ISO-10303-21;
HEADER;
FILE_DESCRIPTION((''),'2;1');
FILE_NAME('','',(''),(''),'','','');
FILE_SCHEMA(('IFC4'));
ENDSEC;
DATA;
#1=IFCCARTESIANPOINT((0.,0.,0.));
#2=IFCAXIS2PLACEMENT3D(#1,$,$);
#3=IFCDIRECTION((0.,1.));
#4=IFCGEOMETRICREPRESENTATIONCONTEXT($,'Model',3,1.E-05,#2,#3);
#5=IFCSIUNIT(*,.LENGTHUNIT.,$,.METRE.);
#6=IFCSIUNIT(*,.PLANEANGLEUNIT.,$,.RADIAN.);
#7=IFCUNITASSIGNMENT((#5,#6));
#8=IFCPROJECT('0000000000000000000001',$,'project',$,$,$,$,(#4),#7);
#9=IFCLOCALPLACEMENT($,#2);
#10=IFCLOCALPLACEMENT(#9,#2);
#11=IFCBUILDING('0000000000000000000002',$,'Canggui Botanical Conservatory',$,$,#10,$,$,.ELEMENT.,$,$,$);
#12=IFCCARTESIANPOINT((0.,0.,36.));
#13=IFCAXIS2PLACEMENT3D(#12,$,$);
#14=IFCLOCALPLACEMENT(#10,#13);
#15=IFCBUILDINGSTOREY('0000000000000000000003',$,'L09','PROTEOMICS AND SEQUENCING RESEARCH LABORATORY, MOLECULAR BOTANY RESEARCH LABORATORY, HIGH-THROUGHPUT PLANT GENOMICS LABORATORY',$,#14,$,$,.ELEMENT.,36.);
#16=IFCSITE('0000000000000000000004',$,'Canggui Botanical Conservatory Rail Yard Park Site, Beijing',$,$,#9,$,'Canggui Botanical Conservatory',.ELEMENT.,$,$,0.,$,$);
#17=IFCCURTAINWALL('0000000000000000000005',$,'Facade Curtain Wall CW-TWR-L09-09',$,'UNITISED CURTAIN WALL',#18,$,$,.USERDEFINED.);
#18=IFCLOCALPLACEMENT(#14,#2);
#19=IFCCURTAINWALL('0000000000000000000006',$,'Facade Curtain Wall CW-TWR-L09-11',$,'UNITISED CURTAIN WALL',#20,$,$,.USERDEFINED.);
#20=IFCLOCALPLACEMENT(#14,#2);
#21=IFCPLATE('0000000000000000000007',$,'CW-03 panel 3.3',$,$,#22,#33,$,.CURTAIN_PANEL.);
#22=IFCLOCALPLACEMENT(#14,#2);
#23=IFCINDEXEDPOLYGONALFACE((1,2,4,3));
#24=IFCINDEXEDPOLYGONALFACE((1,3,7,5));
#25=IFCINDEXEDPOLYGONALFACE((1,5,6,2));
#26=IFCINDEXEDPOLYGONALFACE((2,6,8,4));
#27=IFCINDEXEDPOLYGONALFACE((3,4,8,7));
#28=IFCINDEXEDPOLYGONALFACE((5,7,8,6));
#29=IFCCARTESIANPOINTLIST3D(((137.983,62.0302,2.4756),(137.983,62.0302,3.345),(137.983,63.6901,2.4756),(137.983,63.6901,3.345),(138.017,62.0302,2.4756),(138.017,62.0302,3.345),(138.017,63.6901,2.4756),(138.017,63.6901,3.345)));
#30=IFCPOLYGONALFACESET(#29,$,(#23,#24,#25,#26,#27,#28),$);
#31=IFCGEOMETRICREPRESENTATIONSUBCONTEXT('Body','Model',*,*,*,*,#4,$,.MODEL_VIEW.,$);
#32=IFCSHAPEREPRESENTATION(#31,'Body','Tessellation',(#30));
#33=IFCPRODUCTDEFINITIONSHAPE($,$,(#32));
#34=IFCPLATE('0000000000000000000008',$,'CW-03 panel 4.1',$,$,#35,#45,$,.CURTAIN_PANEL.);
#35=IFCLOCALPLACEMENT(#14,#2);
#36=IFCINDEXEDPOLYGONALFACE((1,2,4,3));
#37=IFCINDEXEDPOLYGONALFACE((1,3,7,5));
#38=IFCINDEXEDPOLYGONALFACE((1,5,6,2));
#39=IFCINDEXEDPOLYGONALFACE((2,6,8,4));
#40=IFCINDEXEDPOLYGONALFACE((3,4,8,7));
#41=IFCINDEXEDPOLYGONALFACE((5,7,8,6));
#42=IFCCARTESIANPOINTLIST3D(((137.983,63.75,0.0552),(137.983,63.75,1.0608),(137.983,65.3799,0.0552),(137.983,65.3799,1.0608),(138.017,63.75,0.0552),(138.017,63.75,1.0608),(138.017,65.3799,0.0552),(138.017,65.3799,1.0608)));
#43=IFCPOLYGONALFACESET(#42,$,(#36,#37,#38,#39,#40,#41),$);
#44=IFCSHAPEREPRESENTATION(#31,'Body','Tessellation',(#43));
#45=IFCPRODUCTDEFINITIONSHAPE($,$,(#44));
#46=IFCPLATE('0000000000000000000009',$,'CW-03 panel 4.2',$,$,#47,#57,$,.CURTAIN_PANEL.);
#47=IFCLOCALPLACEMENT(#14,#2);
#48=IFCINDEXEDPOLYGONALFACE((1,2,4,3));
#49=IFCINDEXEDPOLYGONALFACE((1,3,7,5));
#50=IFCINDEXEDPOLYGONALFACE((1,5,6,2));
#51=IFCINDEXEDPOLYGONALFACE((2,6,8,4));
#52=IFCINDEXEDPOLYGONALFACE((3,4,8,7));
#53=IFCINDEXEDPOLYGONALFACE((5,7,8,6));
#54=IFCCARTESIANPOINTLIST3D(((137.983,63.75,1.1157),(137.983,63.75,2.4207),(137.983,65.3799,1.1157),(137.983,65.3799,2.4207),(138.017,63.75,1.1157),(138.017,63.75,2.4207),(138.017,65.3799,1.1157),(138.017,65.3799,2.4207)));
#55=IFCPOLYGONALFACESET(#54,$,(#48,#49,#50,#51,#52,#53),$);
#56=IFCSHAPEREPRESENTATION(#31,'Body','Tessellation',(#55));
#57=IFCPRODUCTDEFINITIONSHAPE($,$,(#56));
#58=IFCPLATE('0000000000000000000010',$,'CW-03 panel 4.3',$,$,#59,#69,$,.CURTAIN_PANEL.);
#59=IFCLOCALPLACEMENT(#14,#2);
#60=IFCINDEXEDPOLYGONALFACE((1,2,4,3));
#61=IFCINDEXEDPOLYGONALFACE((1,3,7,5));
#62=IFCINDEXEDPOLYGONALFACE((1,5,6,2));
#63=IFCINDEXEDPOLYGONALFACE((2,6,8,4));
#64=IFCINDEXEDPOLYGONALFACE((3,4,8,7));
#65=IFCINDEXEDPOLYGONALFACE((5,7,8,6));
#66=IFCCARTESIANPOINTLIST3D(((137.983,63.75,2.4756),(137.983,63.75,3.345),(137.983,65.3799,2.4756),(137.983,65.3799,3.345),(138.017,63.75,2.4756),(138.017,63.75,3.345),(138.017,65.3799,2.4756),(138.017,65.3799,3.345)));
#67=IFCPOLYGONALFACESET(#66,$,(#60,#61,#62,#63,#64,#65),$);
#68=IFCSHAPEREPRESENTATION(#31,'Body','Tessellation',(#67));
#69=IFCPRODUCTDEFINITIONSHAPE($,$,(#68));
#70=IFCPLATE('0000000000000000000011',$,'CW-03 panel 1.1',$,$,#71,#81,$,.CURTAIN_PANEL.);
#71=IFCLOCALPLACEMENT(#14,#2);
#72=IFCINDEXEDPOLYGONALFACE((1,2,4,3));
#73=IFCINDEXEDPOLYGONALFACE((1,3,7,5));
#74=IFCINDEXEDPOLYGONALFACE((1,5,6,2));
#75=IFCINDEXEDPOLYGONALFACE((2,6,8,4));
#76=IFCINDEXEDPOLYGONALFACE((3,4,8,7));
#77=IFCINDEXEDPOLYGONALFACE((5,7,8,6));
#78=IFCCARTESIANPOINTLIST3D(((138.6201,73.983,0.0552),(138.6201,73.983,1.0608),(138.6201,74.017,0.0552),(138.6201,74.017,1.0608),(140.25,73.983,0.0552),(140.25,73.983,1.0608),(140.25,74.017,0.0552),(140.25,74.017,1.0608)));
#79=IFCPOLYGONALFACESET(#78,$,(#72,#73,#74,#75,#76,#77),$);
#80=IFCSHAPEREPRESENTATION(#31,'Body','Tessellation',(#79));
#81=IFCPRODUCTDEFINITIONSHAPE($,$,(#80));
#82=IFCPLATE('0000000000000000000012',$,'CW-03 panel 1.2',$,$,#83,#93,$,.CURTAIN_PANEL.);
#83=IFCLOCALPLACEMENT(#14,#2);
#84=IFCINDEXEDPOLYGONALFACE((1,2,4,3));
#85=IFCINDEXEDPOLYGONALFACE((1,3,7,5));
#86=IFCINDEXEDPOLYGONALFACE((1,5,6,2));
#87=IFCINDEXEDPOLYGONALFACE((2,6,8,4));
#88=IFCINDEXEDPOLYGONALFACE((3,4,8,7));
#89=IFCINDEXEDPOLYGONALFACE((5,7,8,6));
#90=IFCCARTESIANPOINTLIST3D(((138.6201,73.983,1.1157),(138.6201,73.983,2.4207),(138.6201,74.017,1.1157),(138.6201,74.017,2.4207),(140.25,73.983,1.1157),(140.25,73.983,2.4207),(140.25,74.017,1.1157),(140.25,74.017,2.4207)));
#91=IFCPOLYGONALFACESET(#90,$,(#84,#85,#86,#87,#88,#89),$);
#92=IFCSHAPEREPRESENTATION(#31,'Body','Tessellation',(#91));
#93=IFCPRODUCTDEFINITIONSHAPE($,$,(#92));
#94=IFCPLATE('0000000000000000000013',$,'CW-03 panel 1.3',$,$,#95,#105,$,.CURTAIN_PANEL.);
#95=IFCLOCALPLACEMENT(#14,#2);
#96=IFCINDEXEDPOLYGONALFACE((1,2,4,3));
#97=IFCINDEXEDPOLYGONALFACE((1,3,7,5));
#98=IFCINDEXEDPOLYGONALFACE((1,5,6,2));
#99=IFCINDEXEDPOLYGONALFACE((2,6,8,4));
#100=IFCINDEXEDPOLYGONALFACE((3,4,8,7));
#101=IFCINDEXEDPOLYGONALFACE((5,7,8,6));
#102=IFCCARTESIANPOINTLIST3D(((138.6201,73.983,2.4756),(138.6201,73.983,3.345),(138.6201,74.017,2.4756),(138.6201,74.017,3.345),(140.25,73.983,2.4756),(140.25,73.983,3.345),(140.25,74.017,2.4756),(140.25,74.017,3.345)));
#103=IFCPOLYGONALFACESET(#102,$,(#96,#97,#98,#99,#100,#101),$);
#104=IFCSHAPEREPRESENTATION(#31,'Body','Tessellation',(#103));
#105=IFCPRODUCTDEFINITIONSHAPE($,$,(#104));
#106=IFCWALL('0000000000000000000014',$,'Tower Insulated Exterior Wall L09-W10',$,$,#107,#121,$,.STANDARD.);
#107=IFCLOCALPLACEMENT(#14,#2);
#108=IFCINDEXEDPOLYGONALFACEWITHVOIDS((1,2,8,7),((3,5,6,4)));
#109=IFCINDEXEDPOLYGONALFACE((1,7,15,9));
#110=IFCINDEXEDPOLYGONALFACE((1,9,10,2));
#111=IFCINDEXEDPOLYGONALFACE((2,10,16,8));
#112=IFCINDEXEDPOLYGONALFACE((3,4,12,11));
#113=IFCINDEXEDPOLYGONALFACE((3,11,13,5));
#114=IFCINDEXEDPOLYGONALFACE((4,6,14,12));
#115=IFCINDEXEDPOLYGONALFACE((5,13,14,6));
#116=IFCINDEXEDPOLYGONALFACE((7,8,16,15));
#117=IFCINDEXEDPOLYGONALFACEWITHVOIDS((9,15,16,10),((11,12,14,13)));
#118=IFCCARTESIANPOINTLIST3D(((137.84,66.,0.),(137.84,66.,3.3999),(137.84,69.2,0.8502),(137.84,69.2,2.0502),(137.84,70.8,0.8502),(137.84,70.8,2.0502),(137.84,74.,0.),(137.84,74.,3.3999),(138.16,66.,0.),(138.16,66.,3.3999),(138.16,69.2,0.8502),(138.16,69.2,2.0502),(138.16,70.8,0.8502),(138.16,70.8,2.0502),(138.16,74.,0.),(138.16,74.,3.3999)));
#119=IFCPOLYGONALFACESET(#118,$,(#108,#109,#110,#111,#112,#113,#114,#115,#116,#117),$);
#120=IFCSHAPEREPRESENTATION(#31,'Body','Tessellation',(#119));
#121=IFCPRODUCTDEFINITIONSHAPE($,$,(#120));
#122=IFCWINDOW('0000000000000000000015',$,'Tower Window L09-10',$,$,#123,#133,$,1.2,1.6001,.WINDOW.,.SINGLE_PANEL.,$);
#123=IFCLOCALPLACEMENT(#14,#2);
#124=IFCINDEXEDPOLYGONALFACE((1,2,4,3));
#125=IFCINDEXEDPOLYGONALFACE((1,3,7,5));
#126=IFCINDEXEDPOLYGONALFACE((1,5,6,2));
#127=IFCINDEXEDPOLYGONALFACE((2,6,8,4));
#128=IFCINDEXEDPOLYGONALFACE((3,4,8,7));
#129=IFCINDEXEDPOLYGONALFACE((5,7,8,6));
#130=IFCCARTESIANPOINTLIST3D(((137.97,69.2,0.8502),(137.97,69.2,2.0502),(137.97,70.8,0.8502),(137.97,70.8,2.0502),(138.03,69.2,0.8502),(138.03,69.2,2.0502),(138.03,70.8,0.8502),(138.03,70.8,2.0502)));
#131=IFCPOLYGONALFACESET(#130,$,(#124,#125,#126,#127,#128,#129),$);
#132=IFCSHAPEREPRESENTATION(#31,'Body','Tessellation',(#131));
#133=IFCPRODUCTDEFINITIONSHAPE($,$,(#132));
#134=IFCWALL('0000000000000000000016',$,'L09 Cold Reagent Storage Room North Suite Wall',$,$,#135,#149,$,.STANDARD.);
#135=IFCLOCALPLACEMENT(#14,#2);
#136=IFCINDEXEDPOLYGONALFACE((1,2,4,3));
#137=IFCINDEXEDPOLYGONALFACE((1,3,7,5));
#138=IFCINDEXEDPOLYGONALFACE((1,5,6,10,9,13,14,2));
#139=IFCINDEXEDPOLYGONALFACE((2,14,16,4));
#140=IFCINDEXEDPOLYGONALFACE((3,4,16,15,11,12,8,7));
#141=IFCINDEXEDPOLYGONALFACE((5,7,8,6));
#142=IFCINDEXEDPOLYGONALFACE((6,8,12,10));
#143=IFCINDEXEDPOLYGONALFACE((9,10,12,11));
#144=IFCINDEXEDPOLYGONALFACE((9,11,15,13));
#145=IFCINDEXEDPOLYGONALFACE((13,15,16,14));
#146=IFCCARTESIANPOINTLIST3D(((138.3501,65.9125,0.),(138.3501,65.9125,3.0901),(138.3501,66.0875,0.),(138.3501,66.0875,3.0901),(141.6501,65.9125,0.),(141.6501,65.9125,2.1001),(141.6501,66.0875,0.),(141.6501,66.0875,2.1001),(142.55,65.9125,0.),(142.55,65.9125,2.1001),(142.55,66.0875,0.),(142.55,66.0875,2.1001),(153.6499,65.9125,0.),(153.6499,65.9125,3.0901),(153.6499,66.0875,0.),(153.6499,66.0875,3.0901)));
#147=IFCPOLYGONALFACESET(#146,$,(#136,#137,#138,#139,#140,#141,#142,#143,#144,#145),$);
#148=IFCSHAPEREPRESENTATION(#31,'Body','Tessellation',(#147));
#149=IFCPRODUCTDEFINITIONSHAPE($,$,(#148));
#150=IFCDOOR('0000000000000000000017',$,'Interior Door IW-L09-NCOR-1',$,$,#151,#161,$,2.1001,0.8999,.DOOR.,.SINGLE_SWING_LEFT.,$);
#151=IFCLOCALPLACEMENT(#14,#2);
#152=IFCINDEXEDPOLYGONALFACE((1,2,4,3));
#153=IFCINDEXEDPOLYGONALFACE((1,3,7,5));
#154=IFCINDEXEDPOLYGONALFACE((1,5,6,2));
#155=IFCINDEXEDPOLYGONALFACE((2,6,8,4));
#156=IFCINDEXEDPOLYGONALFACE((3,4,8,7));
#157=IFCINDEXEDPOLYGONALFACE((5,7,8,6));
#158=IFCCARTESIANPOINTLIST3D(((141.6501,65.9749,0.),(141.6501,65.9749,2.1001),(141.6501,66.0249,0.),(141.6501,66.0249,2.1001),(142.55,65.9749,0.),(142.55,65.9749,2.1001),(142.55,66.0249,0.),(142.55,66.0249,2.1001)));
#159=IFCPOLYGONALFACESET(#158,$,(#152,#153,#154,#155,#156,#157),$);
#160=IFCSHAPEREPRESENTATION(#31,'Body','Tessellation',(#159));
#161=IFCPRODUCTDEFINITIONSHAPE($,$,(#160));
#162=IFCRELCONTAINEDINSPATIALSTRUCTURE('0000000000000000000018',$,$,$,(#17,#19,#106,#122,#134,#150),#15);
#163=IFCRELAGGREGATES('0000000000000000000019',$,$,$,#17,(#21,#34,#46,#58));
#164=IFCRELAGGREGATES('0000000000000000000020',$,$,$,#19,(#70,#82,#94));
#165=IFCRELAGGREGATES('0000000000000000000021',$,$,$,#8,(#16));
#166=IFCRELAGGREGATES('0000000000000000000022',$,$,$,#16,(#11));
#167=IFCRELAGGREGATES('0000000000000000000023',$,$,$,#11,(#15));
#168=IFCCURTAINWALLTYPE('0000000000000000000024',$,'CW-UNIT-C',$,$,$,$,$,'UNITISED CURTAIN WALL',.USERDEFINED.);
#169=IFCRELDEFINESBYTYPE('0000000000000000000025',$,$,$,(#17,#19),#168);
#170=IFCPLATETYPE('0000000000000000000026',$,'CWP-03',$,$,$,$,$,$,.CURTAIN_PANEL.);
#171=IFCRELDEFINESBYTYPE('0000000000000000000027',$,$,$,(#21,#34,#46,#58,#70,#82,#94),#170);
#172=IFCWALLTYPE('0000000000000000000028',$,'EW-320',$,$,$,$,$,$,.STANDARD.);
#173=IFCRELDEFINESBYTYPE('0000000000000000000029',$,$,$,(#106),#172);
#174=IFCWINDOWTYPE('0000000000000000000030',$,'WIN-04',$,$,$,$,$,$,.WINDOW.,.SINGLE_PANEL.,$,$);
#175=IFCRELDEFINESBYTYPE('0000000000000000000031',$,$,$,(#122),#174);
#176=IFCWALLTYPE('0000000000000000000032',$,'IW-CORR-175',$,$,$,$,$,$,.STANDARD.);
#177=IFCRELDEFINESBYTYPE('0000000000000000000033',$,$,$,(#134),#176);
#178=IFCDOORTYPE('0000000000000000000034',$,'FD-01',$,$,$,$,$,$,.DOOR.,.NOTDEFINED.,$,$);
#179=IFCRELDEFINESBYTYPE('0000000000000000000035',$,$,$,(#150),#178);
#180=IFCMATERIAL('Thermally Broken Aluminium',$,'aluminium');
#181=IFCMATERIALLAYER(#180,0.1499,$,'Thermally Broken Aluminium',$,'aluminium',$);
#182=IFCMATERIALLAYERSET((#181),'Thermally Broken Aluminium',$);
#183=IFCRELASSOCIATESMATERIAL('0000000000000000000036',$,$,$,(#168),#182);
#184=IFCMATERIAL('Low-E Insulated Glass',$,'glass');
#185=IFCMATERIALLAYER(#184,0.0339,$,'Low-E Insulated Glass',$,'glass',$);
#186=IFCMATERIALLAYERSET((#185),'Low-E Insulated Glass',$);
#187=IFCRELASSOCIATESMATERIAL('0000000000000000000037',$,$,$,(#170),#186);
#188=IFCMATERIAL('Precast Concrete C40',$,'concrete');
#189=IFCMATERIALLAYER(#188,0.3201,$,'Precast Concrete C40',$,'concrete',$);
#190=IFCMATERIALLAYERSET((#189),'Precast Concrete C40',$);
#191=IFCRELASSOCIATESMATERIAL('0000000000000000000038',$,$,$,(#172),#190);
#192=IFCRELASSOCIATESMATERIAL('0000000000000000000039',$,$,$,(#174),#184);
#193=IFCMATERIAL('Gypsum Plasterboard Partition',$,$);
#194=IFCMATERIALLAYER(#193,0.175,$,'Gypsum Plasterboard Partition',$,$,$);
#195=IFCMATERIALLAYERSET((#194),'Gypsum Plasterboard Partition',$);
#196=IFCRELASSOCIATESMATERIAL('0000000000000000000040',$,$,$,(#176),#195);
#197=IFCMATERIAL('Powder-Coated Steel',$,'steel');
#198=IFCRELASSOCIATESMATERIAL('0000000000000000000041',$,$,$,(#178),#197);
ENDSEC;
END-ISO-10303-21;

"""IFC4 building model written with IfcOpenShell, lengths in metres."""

from ifc_helpers import new_model, si_unit, direction, frame, frame_2d, origin, origin_2d, place, context, subcontext, project, spatial, rectangle, extrude, material, layer, layer_set, type_object, element, fill, aggregate, save


model = new_model("IFC4")

# Units and contexts
model_context = context("Model", 3, precision=1e-05, world=origin(), true_north=direction((0.0, 1.0)))
body_context = subcontext(model_context, "Body", "Model", "MODEL_VIEW")
ifc_project = project(units=[si_unit("LENGTHUNIT", "METRE"), si_unit("PLANEANGLEUNIT", "RADIAN")], contexts=[model_context])

# Site, building, storey
site_placement = place(None, origin())
site = spatial("IfcSite", under=ifc_project, at=site_placement, Name="Canggui Botanical Conservatory Rail Yard Park Site, Beijing", LongName="Canggui Botanical Conservatory", CompositionType="ELEMENT", RefElevation=0.0)
building_placement = place(site_placement, origin())
building = spatial("IfcBuilding", under=site, at=building_placement, Name="Canggui Botanical Conservatory", CompositionType="ELEMENT")
storey_placement = place(building_placement, frame((0.0, 0.0, 36.0)))
storey = spatial("IfcBuildingStorey", under=building, at=storey_placement, Name="L09", Description="PROTEOMICS AND SEQUENCING RESEARCH LABORATORY, MOLECULAR BOTANY RESEARCH LABORATORY, HIGH-THROUGHPUT PLANT GENOMICS LABORATORY", CompositionType="ELEMENT", Elevation=36.0)

# Curtain walls
ifc_material_1 = material(Name="Thermally Broken Aluminium", Category="aluminium")
ifc_layer_1 = layer(ifc_material_1, 0.1499, Name="Thermally Broken Aluminium", Category="aluminium")
ifc_layer_set_1 = layer_set([ifc_layer_1], Name="Thermally Broken Aluminium")
curtain_wall_type = type_object("IfcCurtainWallType", Name="CW-UNIT-C", ElementType="UNITISED CURTAIN WALL", PredefinedType="USERDEFINED", material=ifc_layer_set_1)
curtain_wall_1_placement = place(storey_placement, origin())
curtain_wall_1 = element("IfcCurtainWall", 1, at=curtain_wall_1_placement, inside=storey, type_object=curtain_wall_type, Name="Facade Curtain Wall CW-TWR-L09-09", ObjectType="UNITISED CURTAIN WALL", PredefinedType="USERDEFINED")
curtain_wall_2_placement = place(storey_placement, origin())
curtain_wall_2 = element("IfcCurtainWall", 2, at=curtain_wall_2_placement, inside=storey, type_object=curtain_wall_type, Name="Facade Curtain Wall CW-TWR-L09-11", ObjectType="UNITISED CURTAIN WALL", PredefinedType="USERDEFINED")

# Plates
ifc_material_2 = material(Name="Low-E Insulated Glass", Category="glass")
ifc_layer_2 = layer(ifc_material_2, 0.0339, Name="Low-E Insulated Glass", Category="glass")
ifc_layer_set_2 = layer_set([ifc_layer_2], Name="Low-E Insulated Glass")
plate_type = type_object("IfcPlateType", Name="CWP-03", PredefinedType="CURTAIN_PANEL", material=ifc_layer_set_2)
plate_1_placement = place(storey_placement, frame((138.0, 62.8601, 2.4756), z_axis=(0.0, 0.0, 1.0), x_axis=(0.0, 1.0, 0.0)))
plate_1 = element("IfcPlate", 3, at=plate_1_placement, type_object=plate_type, Name="CW-03 panel 3.3", PredefinedType="CURTAIN_PANEL", context=body_context, shape_type="SweptSolid", body=[
    extrude(rectangle(XDim=1.6599, YDim=0.0339, at=origin_2d()), origin(), (0.0, 0.0, 1.0), 0.8694),
])
plate_2_placement = place(storey_placement, frame((138.0, 64.5649, 0.0552), z_axis=(0.0, 0.0, 1.0), x_axis=(0.0, 1.0, 0.0)))
plate_2 = element("IfcPlate", 4, at=plate_2_placement, type_object=plate_type, Name="CW-03 panel 4.1", PredefinedType="CURTAIN_PANEL", context=body_context, shape_type="SweptSolid", body=[
    extrude(rectangle(XDim=1.6299, YDim=0.0339, at=origin_2d()), origin(), (0.0, 0.0, 1.0), 1.0056),
])
plate_3_placement = place(storey_placement, frame((138.0, 64.5649, 1.1157), z_axis=(0.0, 0.0, 1.0), x_axis=(0.0, 1.0, 0.0)))
plate_3 = element("IfcPlate", 5, at=plate_3_placement, type_object=plate_type, Name="CW-03 panel 4.2", PredefinedType="CURTAIN_PANEL", context=body_context, shape_type="SweptSolid", body=[
    extrude(rectangle(XDim=1.6299, YDim=0.0339, at=origin_2d()), origin(), (0.0, 0.0, 1.0), 1.3049),
])
plate_4_placement = place(storey_placement, frame((138.0, 64.5649, 2.4756), z_axis=(0.0, 0.0, 1.0), x_axis=(0.0, 1.0, 0.0)))
plate_4 = element("IfcPlate", 6, at=plate_4_placement, type_object=plate_type, Name="CW-03 panel 4.3", PredefinedType="CURTAIN_PANEL", context=body_context, shape_type="SweptSolid", body=[
    extrude(rectangle(XDim=1.6299, YDim=0.0339, at=origin_2d()), origin(), (0.0, 0.0, 1.0), 0.8694),
])
aggregate(curtain_wall_1, [plate_1, plate_2, plate_3, plate_4])
plate_5_placement = place(storey_placement, frame((139.4351, 74.0, 0.0552), z_axis=(0.0, 0.0, 1.0), x_axis=(1.0, 0.0, 0.0)))
plate_5 = element("IfcPlate", 7, at=plate_5_placement, type_object=plate_type, Name="CW-03 panel 1.1", PredefinedType="CURTAIN_PANEL", context=body_context, shape_type="SweptSolid", body=[
    extrude(rectangle(XDim=1.6299, YDim=0.0339, at=origin_2d()), origin(), (0.0, 0.0, 1.0), 1.0056),
])
plate_6_placement = place(storey_placement, frame((139.4351, 74.0, 1.1157), z_axis=(0.0, 0.0, 1.0), x_axis=(1.0, 0.0, 0.0)))
plate_6 = element("IfcPlate", 8, at=plate_6_placement, type_object=plate_type, Name="CW-03 panel 1.2", PredefinedType="CURTAIN_PANEL", context=body_context, shape_type="SweptSolid", body=[
    extrude(rectangle(XDim=1.6299, YDim=0.0339, at=origin_2d()), origin(), (0.0, 0.0, 1.0), 1.3049),
])
plate_7_placement = place(storey_placement, frame((139.4351, 74.0, 2.4756), z_axis=(0.0, 0.0, 1.0), x_axis=(1.0, 0.0, 0.0)))
plate_7 = element("IfcPlate", 9, at=plate_7_placement, type_object=plate_type, Name="CW-03 panel 1.3", PredefinedType="CURTAIN_PANEL", context=body_context, shape_type="SweptSolid", body=[
    extrude(rectangle(XDim=1.6299, YDim=0.0339, at=origin_2d()), origin(), (0.0, 0.0, 1.0), 0.8694),
])
aggregate(curtain_wall_2, [plate_5, plate_6, plate_7])

# Wall, opening, window
ifc_material_3 = material(Name="Precast Concrete C40", Category="concrete")
ifc_layer_3 = layer(ifc_material_3, 0.3201, Name="Precast Concrete C40", Category="concrete")
ifc_layer_set_3 = layer_set([ifc_layer_3], Name="Precast Concrete C40")
wall_type_1 = type_object("IfcWallType", Name="EW-320", PredefinedType="STANDARD", material=ifc_layer_set_3)
wall_1_placement = place(storey_placement, frame((138.0, 66.0, 0.0), z_axis=(0.0, 0.0, 1.0), x_axis=(0.0, 1.0, 0.0)))
wall_1 = element("IfcWall", 10, at=wall_1_placement, inside=storey, type_object=wall_type_1, Name="Tower Insulated Exterior Wall L09-W10", PredefinedType="STANDARD", context=body_context, shape_type="SweptSolid", body=[
    extrude(rectangle(XDim=8.0, YDim=0.3201, at=frame_2d((4.0, 0.0))), origin(), (0.0, 0.0, 1.0), 3.3999),
])
opening_1_placement = place(wall_1_placement, frame((3.2, 0.0, 0.8501)))
opening_1 = element("IfcOpeningElement", 11, at=opening_1_placement, cuts=wall_1, PredefinedType="OPENING", context=body_context, shape_type="SweptSolid", body=[
    extrude(rectangle(XDim=1.6001, YDim=1.2, at=frame_2d((0.8, 0.6001))), frame((0.0, 0.1699, 0.0), z_axis=(0.0, -1.0, 0.0), x_axis=(1.0, 0.0, 0.0)), (0.0, 0.0, 1.0), 0.3401),
])
window_type = type_object("IfcWindowType", Name="WIN-04", PartitioningType="SINGLE_PANEL", PredefinedType="WINDOW", material=ifc_material_2)
window_placement = place(opening_1_placement, origin())
window = element("IfcWindow", 12, at=window_placement, inside=storey, type_object=window_type, Name="Tower Window L09-10", OverallHeight=1.2, OverallWidth=1.6001, PartitioningType="SINGLE_PANEL", PredefinedType="WINDOW", context=body_context, shape_type="SweptSolid", body=[
    extrude(rectangle(XDim=1.6001, YDim=1.2, at=frame_2d((0.8, 0.6001))), frame((0.0, 0.03, 0.0), z_axis=(0.0, -1.0, 0.0), x_axis=(1.0, 0.0, 0.0)), (0.0, 0.0, 1.0), 0.0601),
])
fill(opening_1, window)

# Wall, opening, door
ifc_material_4 = material(Name="Gypsum Plasterboard Partition")
ifc_layer_4 = layer(ifc_material_4, 0.175, Name="Gypsum Plasterboard Partition")
ifc_layer_set_4 = layer_set([ifc_layer_4], Name="Gypsum Plasterboard Partition")
wall_type_2 = type_object("IfcWallType", Name="IW-CORR-175", PredefinedType="STANDARD", material=ifc_layer_set_4)
wall_2_placement = place(storey_placement, frame((138.3501, 66.0, 0.0), z_axis=(0.0, 0.0, 1.0), x_axis=(1.0, 0.0, 0.0)))
wall_2 = element("IfcWall", 13, at=wall_2_placement, inside=storey, type_object=wall_type_2, Name="L09 Cold Reagent Storage Room North Suite Wall", PredefinedType="STANDARD", context=body_context, shape_type="SweptSolid", body=[
    extrude(rectangle(XDim=15.2998, YDim=0.175, at=frame_2d((7.6499, 0.0))), origin(), (0.0, 0.0, 1.0), 3.0901),
])
opening_2_placement = place(wall_2_placement, frame((3.3, 0.0, 0.0)))
opening_2 = element("IfcOpeningElement", 14, at=opening_2_placement, cuts=wall_2, PredefinedType="OPENING", context=body_context, shape_type="SweptSolid", body=[
    extrude(rectangle(XDim=0.8999, YDim=2.1001, at=frame_2d((0.45, 1.05))), frame((0.0, 0.0977, 0.0), z_axis=(0.0, -1.0, 0.0), x_axis=(1.0, 0.0, 0.0)), (0.0, 0.0, 1.0), 0.1951),
])
ifc_material_5 = material(Name="Powder-Coated Steel", Category="steel")
door_type = type_object("IfcDoorType", Name="FD-01", OperationType="NOTDEFINED", PredefinedType="DOOR", material=ifc_material_5)
door_placement = place(opening_2_placement, origin())
door = element("IfcDoor", 15, at=door_placement, inside=storey, type_object=door_type, Name="Interior Door IW-L09-NCOR-1", OperationType="SINGLE_SWING_LEFT", OverallHeight=2.1001, OverallWidth=0.8999, PredefinedType="DOOR", context=body_context, shape_type="SweptSolid", body=[
    extrude(rectangle(XDim=0.8999, YDim=2.1001, at=frame_2d((0.45, 1.05))), frame((0.0, 0.0249, 0.0), z_axis=(0.0, -1.0, 0.0), x_axis=(1.0, 0.0, 0.0)), (0.0, 0.0, 1.0), 0.05),
])
fill(opening_2, door)

save(model, "model.ifc")
